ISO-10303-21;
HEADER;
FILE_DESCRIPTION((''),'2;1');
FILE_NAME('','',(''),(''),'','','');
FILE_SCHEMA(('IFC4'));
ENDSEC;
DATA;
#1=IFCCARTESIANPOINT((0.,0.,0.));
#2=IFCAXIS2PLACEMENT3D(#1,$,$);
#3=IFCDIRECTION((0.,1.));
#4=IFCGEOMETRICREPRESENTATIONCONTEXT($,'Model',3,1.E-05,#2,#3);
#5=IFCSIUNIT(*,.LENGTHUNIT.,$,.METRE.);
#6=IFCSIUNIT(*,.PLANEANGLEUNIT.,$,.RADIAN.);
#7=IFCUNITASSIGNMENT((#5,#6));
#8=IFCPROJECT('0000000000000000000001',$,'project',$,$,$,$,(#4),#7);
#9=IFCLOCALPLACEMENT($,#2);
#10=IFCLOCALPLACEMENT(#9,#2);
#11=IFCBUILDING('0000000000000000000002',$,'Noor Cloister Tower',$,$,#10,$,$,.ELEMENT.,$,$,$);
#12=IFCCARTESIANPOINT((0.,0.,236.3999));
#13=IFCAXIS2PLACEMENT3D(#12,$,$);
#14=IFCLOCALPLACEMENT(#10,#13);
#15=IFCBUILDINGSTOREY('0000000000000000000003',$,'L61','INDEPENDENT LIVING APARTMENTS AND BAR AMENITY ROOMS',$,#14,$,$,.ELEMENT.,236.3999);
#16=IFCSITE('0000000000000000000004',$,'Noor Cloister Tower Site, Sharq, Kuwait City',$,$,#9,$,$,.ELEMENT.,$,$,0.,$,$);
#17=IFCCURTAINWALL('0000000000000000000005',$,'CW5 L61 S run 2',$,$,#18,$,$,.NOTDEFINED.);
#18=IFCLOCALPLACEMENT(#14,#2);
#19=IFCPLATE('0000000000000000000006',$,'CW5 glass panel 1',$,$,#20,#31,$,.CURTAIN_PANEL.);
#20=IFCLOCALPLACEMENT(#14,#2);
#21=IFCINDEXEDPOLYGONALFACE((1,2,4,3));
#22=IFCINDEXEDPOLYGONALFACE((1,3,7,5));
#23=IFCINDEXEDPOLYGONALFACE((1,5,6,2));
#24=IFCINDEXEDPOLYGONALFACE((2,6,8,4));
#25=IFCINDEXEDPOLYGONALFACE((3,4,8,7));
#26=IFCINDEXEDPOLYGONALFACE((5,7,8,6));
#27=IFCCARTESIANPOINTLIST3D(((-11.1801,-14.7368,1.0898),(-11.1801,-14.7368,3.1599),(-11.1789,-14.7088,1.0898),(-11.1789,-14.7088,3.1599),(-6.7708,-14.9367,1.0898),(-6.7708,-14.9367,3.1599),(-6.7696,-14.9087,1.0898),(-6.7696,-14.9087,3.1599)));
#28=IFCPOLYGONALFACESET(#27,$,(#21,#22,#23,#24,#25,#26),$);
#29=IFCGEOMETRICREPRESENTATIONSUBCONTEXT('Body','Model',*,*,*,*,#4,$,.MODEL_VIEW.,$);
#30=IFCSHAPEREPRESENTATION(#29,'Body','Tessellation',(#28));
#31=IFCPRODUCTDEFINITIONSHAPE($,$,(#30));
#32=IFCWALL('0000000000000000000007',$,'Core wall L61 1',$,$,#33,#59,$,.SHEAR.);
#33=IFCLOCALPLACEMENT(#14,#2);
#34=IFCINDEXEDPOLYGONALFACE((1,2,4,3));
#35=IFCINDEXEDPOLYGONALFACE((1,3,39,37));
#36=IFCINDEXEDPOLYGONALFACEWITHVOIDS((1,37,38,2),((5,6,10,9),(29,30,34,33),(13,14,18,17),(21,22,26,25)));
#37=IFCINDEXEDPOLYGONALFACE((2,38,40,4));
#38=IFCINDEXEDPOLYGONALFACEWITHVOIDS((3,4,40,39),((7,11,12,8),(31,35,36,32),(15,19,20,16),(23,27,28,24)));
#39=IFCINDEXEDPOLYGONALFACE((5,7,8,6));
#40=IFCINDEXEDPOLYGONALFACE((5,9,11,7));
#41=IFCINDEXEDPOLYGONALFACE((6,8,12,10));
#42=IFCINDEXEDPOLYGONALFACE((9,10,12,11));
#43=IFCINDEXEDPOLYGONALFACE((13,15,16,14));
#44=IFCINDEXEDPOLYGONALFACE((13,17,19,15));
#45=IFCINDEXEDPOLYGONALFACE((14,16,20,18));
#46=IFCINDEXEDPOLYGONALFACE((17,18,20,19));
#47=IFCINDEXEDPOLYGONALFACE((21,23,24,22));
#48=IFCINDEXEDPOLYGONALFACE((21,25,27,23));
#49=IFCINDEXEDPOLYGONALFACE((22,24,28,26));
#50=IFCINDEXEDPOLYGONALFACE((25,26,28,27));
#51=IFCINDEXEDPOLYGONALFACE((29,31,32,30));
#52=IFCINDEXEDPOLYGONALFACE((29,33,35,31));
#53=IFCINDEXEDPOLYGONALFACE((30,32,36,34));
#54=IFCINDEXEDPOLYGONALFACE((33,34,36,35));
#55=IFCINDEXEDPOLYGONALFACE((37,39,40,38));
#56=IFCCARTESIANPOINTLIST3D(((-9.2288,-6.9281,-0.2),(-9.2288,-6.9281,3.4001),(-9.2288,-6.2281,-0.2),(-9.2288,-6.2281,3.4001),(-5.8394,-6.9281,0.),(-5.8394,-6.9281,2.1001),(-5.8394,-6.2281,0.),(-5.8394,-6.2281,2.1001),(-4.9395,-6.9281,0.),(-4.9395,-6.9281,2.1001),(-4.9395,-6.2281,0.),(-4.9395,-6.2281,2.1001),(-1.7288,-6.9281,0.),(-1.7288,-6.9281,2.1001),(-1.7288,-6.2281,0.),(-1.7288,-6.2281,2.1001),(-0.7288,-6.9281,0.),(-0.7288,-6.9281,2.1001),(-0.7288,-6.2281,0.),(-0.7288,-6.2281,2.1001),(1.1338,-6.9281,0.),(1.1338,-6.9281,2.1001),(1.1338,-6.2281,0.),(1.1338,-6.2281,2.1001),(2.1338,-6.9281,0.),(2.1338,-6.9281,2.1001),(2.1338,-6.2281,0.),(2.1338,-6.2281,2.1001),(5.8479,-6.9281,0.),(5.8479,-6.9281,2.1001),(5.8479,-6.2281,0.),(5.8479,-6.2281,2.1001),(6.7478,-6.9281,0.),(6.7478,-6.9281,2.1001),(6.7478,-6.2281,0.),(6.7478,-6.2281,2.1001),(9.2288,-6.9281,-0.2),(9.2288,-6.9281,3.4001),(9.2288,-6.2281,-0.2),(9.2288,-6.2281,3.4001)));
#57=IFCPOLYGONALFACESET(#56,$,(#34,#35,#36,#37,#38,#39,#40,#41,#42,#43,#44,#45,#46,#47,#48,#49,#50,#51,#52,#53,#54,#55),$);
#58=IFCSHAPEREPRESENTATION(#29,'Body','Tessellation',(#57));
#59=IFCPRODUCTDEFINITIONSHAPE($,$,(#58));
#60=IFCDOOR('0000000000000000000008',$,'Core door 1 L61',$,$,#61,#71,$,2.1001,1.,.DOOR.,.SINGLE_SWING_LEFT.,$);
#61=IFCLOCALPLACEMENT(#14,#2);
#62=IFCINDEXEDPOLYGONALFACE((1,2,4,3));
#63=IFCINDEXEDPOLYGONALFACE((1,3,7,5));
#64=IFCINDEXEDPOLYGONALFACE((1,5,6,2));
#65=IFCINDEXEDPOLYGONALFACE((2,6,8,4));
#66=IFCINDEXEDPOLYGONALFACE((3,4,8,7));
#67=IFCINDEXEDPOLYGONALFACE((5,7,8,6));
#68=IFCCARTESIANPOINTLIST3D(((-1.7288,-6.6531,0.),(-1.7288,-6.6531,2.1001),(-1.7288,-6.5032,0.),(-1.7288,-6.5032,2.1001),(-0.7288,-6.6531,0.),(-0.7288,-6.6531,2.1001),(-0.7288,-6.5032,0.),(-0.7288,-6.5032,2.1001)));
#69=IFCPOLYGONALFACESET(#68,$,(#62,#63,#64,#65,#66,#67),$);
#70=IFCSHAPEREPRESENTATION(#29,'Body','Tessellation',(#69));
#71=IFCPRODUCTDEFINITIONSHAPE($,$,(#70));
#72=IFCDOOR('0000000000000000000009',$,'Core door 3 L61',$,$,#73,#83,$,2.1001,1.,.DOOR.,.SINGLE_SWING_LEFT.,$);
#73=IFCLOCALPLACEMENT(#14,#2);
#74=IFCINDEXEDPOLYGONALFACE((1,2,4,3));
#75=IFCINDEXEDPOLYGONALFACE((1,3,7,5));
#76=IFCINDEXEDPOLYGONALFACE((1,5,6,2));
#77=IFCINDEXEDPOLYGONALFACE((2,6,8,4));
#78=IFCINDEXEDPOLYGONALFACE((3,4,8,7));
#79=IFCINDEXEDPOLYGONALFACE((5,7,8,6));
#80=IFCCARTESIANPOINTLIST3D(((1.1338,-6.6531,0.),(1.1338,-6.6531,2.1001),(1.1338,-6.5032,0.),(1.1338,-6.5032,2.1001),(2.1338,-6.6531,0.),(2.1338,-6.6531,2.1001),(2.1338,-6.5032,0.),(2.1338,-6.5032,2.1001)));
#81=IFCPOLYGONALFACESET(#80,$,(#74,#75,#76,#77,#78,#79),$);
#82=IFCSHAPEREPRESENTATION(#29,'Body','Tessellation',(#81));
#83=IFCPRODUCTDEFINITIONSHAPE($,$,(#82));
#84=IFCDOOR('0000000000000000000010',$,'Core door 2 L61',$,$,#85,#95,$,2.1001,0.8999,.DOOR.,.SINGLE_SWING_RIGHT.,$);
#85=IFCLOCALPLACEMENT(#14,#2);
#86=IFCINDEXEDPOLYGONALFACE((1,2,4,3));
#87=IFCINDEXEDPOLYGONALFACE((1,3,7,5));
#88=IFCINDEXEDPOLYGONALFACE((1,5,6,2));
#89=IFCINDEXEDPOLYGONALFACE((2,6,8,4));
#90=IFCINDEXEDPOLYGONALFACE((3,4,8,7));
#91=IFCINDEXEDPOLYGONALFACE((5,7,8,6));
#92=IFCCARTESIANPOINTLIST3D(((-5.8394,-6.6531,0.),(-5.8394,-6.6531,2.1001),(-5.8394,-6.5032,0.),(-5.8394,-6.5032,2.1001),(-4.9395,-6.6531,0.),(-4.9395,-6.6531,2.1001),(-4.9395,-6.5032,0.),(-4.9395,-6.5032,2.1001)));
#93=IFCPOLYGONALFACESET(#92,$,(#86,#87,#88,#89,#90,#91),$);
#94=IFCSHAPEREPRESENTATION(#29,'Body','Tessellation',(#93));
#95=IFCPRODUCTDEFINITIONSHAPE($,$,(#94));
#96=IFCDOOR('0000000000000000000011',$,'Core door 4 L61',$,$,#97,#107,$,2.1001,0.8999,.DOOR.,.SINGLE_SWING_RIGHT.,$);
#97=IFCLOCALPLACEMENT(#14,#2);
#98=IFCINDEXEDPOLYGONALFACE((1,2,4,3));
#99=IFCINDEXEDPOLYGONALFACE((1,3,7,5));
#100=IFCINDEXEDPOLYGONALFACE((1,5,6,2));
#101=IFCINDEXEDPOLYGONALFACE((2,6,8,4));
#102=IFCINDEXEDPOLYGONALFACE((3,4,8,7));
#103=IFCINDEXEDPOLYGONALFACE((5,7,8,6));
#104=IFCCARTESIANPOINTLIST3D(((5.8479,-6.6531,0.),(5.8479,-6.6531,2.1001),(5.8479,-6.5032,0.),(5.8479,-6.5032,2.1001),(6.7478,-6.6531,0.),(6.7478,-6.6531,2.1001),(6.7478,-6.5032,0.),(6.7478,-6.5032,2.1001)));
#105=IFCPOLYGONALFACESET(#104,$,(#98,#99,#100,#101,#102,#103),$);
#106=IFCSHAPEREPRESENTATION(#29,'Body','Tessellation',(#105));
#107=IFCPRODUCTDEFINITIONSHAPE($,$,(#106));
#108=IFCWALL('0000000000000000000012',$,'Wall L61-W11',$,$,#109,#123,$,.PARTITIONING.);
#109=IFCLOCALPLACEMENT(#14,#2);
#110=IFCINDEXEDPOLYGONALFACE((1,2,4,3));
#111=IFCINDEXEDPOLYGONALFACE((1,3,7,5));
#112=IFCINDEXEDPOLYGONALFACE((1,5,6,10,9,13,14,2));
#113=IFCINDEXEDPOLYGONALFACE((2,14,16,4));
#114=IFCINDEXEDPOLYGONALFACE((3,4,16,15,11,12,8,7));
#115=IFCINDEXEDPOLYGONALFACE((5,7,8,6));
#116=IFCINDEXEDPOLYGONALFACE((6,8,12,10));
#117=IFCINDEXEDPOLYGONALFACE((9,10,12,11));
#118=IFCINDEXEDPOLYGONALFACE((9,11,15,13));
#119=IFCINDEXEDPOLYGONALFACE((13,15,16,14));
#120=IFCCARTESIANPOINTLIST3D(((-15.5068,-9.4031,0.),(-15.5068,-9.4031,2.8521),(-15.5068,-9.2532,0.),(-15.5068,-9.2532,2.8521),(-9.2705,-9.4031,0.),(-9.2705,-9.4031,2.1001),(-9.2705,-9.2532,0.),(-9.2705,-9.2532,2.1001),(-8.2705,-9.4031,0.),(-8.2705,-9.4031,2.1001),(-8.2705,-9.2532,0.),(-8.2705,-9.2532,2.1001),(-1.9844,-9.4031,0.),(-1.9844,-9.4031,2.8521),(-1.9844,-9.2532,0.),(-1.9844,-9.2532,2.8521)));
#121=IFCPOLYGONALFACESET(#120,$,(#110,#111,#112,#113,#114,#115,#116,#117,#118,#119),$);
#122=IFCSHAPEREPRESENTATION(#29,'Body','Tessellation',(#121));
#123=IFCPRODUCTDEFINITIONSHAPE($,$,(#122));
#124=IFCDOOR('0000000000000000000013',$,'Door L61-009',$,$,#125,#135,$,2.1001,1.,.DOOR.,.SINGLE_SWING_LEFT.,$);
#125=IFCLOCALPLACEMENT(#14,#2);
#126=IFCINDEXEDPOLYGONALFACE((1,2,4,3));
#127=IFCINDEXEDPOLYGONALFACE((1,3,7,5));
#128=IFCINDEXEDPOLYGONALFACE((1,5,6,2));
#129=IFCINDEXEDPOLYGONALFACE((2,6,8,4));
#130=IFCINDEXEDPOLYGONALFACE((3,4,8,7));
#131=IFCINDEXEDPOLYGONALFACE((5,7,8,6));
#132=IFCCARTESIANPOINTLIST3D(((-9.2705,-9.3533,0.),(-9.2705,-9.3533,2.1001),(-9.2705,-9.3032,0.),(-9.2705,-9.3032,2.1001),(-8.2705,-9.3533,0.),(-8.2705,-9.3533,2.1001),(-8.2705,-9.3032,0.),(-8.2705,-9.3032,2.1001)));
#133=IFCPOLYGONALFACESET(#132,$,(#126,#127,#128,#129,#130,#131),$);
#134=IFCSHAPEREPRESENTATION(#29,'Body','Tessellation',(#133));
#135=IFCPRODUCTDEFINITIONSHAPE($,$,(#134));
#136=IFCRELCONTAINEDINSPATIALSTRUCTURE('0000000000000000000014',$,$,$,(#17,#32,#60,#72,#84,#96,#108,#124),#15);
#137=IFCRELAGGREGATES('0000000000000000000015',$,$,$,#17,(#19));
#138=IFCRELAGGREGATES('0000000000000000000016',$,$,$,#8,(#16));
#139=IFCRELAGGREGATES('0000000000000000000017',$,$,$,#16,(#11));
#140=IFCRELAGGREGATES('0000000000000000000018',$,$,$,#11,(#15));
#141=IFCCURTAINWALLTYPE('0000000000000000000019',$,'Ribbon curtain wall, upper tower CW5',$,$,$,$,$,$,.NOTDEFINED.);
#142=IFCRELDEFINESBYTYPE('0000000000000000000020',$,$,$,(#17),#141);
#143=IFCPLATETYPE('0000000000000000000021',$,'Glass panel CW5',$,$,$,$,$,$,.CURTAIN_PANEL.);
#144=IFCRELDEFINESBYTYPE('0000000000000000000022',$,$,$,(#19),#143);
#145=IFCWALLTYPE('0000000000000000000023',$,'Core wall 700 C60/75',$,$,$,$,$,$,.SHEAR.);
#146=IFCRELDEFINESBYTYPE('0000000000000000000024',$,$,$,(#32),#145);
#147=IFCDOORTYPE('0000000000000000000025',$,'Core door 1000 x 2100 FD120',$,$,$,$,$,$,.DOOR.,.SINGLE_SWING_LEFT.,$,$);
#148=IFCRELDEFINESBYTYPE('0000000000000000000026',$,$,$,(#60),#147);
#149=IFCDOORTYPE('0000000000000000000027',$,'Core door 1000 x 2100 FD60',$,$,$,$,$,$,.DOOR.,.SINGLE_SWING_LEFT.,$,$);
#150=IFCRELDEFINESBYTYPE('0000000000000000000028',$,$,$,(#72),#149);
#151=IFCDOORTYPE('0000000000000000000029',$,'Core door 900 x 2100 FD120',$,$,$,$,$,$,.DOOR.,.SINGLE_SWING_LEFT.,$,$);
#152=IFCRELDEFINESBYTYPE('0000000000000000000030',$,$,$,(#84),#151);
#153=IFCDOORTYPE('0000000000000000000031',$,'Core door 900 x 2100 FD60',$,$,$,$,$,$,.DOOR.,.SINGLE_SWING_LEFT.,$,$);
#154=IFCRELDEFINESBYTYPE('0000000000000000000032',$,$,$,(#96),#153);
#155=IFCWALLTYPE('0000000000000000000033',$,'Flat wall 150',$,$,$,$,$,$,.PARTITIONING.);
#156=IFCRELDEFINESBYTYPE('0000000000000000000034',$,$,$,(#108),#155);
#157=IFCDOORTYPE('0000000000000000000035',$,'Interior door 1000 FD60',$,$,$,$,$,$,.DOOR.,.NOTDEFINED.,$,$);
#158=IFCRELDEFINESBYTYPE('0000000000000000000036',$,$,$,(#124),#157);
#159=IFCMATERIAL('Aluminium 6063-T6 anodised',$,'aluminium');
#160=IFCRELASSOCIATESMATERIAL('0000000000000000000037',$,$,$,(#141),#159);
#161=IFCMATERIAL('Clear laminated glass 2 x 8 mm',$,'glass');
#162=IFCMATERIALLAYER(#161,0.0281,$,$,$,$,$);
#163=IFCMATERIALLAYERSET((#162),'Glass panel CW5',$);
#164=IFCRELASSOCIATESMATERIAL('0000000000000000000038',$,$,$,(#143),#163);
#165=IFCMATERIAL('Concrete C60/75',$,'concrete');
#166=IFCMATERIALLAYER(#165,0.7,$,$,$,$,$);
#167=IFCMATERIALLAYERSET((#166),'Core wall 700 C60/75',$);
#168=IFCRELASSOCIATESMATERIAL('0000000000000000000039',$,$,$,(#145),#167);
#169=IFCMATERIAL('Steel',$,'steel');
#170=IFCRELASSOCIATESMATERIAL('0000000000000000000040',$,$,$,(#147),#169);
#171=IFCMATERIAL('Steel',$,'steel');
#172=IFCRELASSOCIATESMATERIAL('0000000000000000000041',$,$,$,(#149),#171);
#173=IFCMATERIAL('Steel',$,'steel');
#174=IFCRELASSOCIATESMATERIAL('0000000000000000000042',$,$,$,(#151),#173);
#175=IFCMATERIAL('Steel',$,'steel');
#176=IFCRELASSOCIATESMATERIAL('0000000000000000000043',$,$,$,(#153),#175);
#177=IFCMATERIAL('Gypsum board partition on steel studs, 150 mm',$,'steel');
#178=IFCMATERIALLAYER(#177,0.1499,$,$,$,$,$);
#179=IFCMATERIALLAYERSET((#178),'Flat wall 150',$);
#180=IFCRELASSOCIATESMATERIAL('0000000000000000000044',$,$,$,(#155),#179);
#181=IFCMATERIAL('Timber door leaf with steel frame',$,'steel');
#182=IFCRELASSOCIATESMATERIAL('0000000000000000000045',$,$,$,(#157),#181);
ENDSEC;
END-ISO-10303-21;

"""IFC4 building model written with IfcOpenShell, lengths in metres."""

from ifc_helpers import new_model, si_unit, direction, frame, frame_2d, origin, origin_2d, place, context, subcontext, project, spatial, rectangle, extrude, material, layer, layer_set, type_object, element, fill, aggregate, save


model = new_model("IFC4")

# Units and contexts
model_context = context("Model", 3, precision=1e-05, world=origin(), true_north=direction((0.0, 1.0)))
body_context = subcontext(model_context, "Body", "Model", "MODEL_VIEW")
ifc_project = project(units=[si_unit("LENGTHUNIT", "METRE"), si_unit("PLANEANGLEUNIT", "RADIAN")], contexts=[model_context])

# Site, building, storey
site_placement = place(None, origin())
site = spatial("IfcSite", under=ifc_project, at=site_placement, Name="Noor Cloister Tower Site, Sharq, Kuwait City", CompositionType="ELEMENT", RefElevation=0.0)
building_placement = place(site_placement, origin())
building = spatial("IfcBuilding", under=site, at=building_placement, Name="Noor Cloister Tower", CompositionType="ELEMENT")
storey_placement = place(building_placement, frame((0.0, 0.0, 236.3999)))
storey = spatial("IfcBuildingStorey", under=building, at=storey_placement, Name="L61", Description="INDEPENDENT LIVING APARTMENTS AND BAR AMENITY ROOMS", CompositionType="ELEMENT", Elevation=236.3999)

# Curtain wall
ifc_material_1 = material(Name="Aluminium 6063-T6 anodised", Category="aluminium")
curtain_wall_type = type_object("IfcCurtainWallType", Name="Ribbon curtain wall, upper tower CW5", PredefinedType="NOTDEFINED", material=ifc_material_1)
curtain_wall_placement = place(storey_placement, origin())
curtain_wall = element("IfcCurtainWall", 1, at=curtain_wall_placement, inside=storey, type_object=curtain_wall_type, Name="CW5 L61 S run 2", PredefinedType="NOTDEFINED")

# Plate
ifc_material_2 = material(Name="Clear laminated glass 2 x 8 mm", Category="glass")
ifc_layer_1 = layer(ifc_material_2, 0.0281)
ifc_layer_set_1 = layer_set([ifc_layer_1], Name="Glass panel CW5")
plate_type = type_object("IfcPlateType", Name="Glass panel CW5", PredefinedType="CURTAIN_PANEL", material=ifc_layer_set_1)
plate_placement = place(storey_placement, frame((-8.9749, -14.8228, 1.0898), z_axis=(0.0, 0.0, 1.0), x_axis=(0.998974, -0.045286, 0.0)))
plate = element("IfcPlate", 2, at=plate_placement, type_object=plate_type, Name="CW5 glass panel 1", PredefinedType="CURTAIN_PANEL", context=body_context, shape_type="SweptSolid", body=[
    extrude(rectangle(XDim=4.4138, YDim=0.0281, at=origin_2d()), origin(), (0.0, 0.0, 1.0), 2.0701),
])
aggregate(curtain_wall, [plate])

# Wall, openings, doors
ifc_material_3 = material(Name="Concrete C60/75", Category="concrete")
ifc_layer_2 = layer(ifc_material_3, 0.7)
ifc_layer_set_2 = layer_set([ifc_layer_2], Name="Core wall 700 C60/75")
wall_type_1 = type_object("IfcWallType", Name="Core wall 700 C60/75", PredefinedType="SHEAR", material=ifc_layer_set_2)
wall_1_placement = place(storey_placement, frame((-9.2288, -6.5781, -0.2), z_axis=(0.0, 0.0, 1.0), x_axis=(1.0, 0.0, 0.0)))
wall_1 = element("IfcWall", 3, at=wall_1_placement, inside=storey, type_object=wall_type_1, Name="Core wall L61 1", PredefinedType="SHEAR", context=body_context, shape_type="SweptSolid", body=[
    extrude(rectangle(XDim=18.4575, YDim=0.7, at=frame_2d((9.2288, 0.0))), origin(), (0.0, 0.0, 1.0), 3.6001),
])
opening_1_placement = place(wall_1_placement, frame((7.5, 0.0, 0.2)))
opening_1 = element("IfcOpeningElement", 4, at=opening_1_placement, cuts=wall_1, PredefinedType="OPENING", context=body_context, shape_type="SweptSolid", body=[
    extrude(rectangle(XDim=1.0, YDim=2.1001, at=frame_2d((0.5, 1.05))), frame((0.0, 0.3599, 0.0), z_axis=(0.0, -1.0, 0.0), x_axis=(1.0, 0.0, 0.0)), (0.0, 0.0, 1.0), 0.72),
])
opening_2_placement = place(wall_1_placement, frame((3.3894, 0.0, 0.2)))
opening_2 = element("IfcOpeningElement", 5, at=opening_2_placement, cuts=wall_1, PredefinedType="OPENING", context=body_context, shape_type="SweptSolid", body=[
    extrude(rectangle(XDim=0.8999, YDim=2.1001, at=frame_2d((0.45, 1.05))), frame((0.0, 0.3599, 0.0), z_axis=(0.0, -1.0, 0.0), x_axis=(1.0, 0.0, 0.0)), (0.0, 0.0, 1.0), 0.72),
])
opening_3_placement = place(wall_1_placement, frame((10.3625, 0.0, 0.2)))
opening_3 = element("IfcOpeningElement", 6, at=opening_3_placement, cuts=wall_1, PredefinedType="OPENING", context=body_context, shape_type="SweptSolid", body=[
    extrude(rectangle(XDim=1.0, YDim=2.1001, at=frame_2d((0.5, 1.05))), frame((0.0, 0.3599, 0.0), z_axis=(0.0, -1.0, 0.0), x_axis=(1.0, 0.0, 0.0)), (0.0, 0.0, 1.0), 0.72),
])
opening_4_placement = place(wall_1_placement, frame((15.0767, 0.0, 0.2)))
opening_4 = element("IfcOpeningElement", 7, at=opening_4_placement, cuts=wall_1, PredefinedType="OPENING", context=body_context, shape_type="SweptSolid", body=[
    extrude(rectangle(XDim=0.8999, YDim=2.1001, at=frame_2d((0.45, 1.05))), frame((0.0, 0.3599, 0.0), z_axis=(0.0, -1.0, 0.0), x_axis=(1.0, 0.0, 0.0)), (0.0, 0.0, 1.0), 0.72),
])
ifc_material_4 = material(Name="Steel", Category="steel")
door_type_1 = type_object("IfcDoorType", Name="Core door 1000 x 2100 FD120", OperationType="SINGLE_SWING_LEFT", PredefinedType="DOOR", material=ifc_material_4)
door_1_placement = place(opening_1_placement, origin())
door_1 = element("IfcDoor", 8, at=door_1_placement, inside=storey, type_object=door_type_1, Name="Core door 1 L61", OperationType="SINGLE_SWING_LEFT", OverallHeight=2.1001, OverallWidth=1.0, PredefinedType="DOOR", context=body_context, shape_type="SweptSolid", body=[
    extrude(rectangle(XDim=1.0, YDim=2.1001, at=frame_2d((0.5, 1.05))), frame((0.0, 0.075, 0.0), z_axis=(0.0, -1.0, 0.0), x_axis=(1.0, 0.0, 0.0)), (0.0, 0.0, 1.0), 0.1499),
])
fill(opening_1, door_1)
ifc_material_5 = material(Name="Steel", Category="steel")
door_type_2 = type_object("IfcDoorType", Name="Core door 1000 x 2100 FD60", OperationType="SINGLE_SWING_LEFT", PredefinedType="DOOR", material=ifc_material_5)
door_2_placement = place(opening_3_placement, origin())
door_2 = element("IfcDoor", 9, at=door_2_placement, inside=storey, type_object=door_type_2, Name="Core door 3 L61", OperationType="SINGLE_SWING_LEFT", OverallHeight=2.1001, OverallWidth=1.0, PredefinedType="DOOR", context=body_context, shape_type="SweptSolid", body=[
    extrude(rectangle(XDim=1.0, YDim=2.1001, at=frame_2d((0.5, 1.05))), frame((0.0, 0.075, 0.0), z_axis=(0.0, -1.0, 0.0), x_axis=(1.0, 0.0, 0.0)), (0.0, 0.0, 1.0), 0.1499),
])
fill(opening_3, door_2)
ifc_material_6 = material(Name="Steel", Category="steel")
door_type_3 = type_object("IfcDoorType", Name="Core door 900 x 2100 FD120", OperationType="SINGLE_SWING_LEFT", PredefinedType="DOOR", material=ifc_material_6)
door_3_placement = place(opening_2_placement, origin())
door_3 = element("IfcDoor", 10, at=door_3_placement, inside=storey, type_object=door_type_3, Name="Core door 2 L61", OperationType="SINGLE_SWING_RIGHT", OverallHeight=2.1001, OverallWidth=0.8999, PredefinedType="DOOR", context=body_context, shape_type="SweptSolid", body=[
    extrude(rectangle(XDim=0.8999, YDim=2.1001, at=frame_2d((0.45, 1.05))), frame((0.0, 0.075, 0.0), z_axis=(0.0, -1.0, 0.0), x_axis=(1.0, 0.0, 0.0)), (0.0, 0.0, 1.0), 0.1499),
])
fill(opening_2, door_3)
ifc_material_7 = material(Name="Steel", Category="steel")
door_type_4 = type_object("IfcDoorType", Name="Core door 900 x 2100 FD60", OperationType="SINGLE_SWING_LEFT", PredefinedType="DOOR", material=ifc_material_7)
door_4_placement = place(opening_4_placement, origin())
door_4 = element("IfcDoor", 11, at=door_4_placement, inside=storey, type_object=door_type_4, Name="Core door 4 L61", OperationType="SINGLE_SWING_RIGHT", OverallHeight=2.1001, OverallWidth=0.8999, PredefinedType="DOOR", context=body_context, shape_type="SweptSolid", body=[
    extrude(rectangle(XDim=0.8999, YDim=2.1001, at=frame_2d((0.45, 1.05))), frame((0.0, 0.075, 0.0), z_axis=(0.0, -1.0, 0.0), x_axis=(1.0, 0.0, 0.0)), (0.0, 0.0, 1.0), 0.1499),
])
fill(opening_4, door_4)

# Wall, opening, door
ifc_material_8 = material(Name="Gypsum board partition on steel studs, 150 mm", Category="steel")
ifc_layer_3 = layer(ifc_material_8, 0.1499)
ifc_layer_set_3 = layer_set([ifc_layer_3], Name="Flat wall 150")
wall_type_2 = type_object("IfcWallType", Name="Flat wall 150", PredefinedType="PARTITIONING", material=ifc_layer_set_3)
wall_2_placement = place(storey_placement, frame((-15.5068, -9.3281, 0.0), z_axis=(0.0, 0.0, 1.0), x_axis=(1.0, 0.0, 0.0)))
wall_2 = element("IfcWall", 12, at=wall_2_placement, inside=storey, type_object=wall_type_2, Name="Wall L61-W11", PredefinedType="PARTITIONING", context=body_context, shape_type="SweptSolid", body=[
    extrude(rectangle(XDim=13.5225, YDim=0.1499, at=frame_2d((6.7612, 0.0))), origin(), (0.0, 0.0, 1.0), 2.8521),
])
opening_5_placement = place(wall_2_placement, frame((6.2363, 0.0, 0.0)))
opening_5 = element("IfcOpeningElement", 13, at=opening_5_placement, cuts=wall_2, PredefinedType="OPENING", context=body_context, shape_type="SweptSolid", body=[
    extrude(rectangle(XDim=1.0, YDim=2.1001, at=frame_2d((0.5, 1.05))), frame((0.0, 0.085, 0.0), z_axis=(0.0, -1.0, 0.0), x_axis=(1.0, 0.0, 0.0)), (0.0, 0.0, 1.0), 0.1699),
])
ifc_material_9 = material(Name="Timber door leaf with steel frame", Category="steel")
door_type_5 = type_object("IfcDoorType", Name="Interior door 1000 FD60", OperationType="NOTDEFINED", PredefinedType="DOOR", material=ifc_material_9)
door_5_placement = place(opening_5_placement, origin())
door_5 = element("IfcDoor", 14, at=door_5_placement, inside=storey, type_object=door_type_5, Name="Door L61-009", OperationType="SINGLE_SWING_LEFT", OverallHeight=2.1001, OverallWidth=1.0, PredefinedType="DOOR", context=body_context, shape_type="SweptSolid", body=[
    extrude(rectangle(XDim=1.0, YDim=2.1001, at=frame_2d((0.5, 1.05))), frame((0.0, 0.0249, 0.0), z_axis=(0.0, -1.0, 0.0), x_axis=(1.0, 0.0, 0.0)), (0.0, 0.0, 1.0), 0.05),
])
fill(opening_5, door_5)

save(model, "model.ifc")
